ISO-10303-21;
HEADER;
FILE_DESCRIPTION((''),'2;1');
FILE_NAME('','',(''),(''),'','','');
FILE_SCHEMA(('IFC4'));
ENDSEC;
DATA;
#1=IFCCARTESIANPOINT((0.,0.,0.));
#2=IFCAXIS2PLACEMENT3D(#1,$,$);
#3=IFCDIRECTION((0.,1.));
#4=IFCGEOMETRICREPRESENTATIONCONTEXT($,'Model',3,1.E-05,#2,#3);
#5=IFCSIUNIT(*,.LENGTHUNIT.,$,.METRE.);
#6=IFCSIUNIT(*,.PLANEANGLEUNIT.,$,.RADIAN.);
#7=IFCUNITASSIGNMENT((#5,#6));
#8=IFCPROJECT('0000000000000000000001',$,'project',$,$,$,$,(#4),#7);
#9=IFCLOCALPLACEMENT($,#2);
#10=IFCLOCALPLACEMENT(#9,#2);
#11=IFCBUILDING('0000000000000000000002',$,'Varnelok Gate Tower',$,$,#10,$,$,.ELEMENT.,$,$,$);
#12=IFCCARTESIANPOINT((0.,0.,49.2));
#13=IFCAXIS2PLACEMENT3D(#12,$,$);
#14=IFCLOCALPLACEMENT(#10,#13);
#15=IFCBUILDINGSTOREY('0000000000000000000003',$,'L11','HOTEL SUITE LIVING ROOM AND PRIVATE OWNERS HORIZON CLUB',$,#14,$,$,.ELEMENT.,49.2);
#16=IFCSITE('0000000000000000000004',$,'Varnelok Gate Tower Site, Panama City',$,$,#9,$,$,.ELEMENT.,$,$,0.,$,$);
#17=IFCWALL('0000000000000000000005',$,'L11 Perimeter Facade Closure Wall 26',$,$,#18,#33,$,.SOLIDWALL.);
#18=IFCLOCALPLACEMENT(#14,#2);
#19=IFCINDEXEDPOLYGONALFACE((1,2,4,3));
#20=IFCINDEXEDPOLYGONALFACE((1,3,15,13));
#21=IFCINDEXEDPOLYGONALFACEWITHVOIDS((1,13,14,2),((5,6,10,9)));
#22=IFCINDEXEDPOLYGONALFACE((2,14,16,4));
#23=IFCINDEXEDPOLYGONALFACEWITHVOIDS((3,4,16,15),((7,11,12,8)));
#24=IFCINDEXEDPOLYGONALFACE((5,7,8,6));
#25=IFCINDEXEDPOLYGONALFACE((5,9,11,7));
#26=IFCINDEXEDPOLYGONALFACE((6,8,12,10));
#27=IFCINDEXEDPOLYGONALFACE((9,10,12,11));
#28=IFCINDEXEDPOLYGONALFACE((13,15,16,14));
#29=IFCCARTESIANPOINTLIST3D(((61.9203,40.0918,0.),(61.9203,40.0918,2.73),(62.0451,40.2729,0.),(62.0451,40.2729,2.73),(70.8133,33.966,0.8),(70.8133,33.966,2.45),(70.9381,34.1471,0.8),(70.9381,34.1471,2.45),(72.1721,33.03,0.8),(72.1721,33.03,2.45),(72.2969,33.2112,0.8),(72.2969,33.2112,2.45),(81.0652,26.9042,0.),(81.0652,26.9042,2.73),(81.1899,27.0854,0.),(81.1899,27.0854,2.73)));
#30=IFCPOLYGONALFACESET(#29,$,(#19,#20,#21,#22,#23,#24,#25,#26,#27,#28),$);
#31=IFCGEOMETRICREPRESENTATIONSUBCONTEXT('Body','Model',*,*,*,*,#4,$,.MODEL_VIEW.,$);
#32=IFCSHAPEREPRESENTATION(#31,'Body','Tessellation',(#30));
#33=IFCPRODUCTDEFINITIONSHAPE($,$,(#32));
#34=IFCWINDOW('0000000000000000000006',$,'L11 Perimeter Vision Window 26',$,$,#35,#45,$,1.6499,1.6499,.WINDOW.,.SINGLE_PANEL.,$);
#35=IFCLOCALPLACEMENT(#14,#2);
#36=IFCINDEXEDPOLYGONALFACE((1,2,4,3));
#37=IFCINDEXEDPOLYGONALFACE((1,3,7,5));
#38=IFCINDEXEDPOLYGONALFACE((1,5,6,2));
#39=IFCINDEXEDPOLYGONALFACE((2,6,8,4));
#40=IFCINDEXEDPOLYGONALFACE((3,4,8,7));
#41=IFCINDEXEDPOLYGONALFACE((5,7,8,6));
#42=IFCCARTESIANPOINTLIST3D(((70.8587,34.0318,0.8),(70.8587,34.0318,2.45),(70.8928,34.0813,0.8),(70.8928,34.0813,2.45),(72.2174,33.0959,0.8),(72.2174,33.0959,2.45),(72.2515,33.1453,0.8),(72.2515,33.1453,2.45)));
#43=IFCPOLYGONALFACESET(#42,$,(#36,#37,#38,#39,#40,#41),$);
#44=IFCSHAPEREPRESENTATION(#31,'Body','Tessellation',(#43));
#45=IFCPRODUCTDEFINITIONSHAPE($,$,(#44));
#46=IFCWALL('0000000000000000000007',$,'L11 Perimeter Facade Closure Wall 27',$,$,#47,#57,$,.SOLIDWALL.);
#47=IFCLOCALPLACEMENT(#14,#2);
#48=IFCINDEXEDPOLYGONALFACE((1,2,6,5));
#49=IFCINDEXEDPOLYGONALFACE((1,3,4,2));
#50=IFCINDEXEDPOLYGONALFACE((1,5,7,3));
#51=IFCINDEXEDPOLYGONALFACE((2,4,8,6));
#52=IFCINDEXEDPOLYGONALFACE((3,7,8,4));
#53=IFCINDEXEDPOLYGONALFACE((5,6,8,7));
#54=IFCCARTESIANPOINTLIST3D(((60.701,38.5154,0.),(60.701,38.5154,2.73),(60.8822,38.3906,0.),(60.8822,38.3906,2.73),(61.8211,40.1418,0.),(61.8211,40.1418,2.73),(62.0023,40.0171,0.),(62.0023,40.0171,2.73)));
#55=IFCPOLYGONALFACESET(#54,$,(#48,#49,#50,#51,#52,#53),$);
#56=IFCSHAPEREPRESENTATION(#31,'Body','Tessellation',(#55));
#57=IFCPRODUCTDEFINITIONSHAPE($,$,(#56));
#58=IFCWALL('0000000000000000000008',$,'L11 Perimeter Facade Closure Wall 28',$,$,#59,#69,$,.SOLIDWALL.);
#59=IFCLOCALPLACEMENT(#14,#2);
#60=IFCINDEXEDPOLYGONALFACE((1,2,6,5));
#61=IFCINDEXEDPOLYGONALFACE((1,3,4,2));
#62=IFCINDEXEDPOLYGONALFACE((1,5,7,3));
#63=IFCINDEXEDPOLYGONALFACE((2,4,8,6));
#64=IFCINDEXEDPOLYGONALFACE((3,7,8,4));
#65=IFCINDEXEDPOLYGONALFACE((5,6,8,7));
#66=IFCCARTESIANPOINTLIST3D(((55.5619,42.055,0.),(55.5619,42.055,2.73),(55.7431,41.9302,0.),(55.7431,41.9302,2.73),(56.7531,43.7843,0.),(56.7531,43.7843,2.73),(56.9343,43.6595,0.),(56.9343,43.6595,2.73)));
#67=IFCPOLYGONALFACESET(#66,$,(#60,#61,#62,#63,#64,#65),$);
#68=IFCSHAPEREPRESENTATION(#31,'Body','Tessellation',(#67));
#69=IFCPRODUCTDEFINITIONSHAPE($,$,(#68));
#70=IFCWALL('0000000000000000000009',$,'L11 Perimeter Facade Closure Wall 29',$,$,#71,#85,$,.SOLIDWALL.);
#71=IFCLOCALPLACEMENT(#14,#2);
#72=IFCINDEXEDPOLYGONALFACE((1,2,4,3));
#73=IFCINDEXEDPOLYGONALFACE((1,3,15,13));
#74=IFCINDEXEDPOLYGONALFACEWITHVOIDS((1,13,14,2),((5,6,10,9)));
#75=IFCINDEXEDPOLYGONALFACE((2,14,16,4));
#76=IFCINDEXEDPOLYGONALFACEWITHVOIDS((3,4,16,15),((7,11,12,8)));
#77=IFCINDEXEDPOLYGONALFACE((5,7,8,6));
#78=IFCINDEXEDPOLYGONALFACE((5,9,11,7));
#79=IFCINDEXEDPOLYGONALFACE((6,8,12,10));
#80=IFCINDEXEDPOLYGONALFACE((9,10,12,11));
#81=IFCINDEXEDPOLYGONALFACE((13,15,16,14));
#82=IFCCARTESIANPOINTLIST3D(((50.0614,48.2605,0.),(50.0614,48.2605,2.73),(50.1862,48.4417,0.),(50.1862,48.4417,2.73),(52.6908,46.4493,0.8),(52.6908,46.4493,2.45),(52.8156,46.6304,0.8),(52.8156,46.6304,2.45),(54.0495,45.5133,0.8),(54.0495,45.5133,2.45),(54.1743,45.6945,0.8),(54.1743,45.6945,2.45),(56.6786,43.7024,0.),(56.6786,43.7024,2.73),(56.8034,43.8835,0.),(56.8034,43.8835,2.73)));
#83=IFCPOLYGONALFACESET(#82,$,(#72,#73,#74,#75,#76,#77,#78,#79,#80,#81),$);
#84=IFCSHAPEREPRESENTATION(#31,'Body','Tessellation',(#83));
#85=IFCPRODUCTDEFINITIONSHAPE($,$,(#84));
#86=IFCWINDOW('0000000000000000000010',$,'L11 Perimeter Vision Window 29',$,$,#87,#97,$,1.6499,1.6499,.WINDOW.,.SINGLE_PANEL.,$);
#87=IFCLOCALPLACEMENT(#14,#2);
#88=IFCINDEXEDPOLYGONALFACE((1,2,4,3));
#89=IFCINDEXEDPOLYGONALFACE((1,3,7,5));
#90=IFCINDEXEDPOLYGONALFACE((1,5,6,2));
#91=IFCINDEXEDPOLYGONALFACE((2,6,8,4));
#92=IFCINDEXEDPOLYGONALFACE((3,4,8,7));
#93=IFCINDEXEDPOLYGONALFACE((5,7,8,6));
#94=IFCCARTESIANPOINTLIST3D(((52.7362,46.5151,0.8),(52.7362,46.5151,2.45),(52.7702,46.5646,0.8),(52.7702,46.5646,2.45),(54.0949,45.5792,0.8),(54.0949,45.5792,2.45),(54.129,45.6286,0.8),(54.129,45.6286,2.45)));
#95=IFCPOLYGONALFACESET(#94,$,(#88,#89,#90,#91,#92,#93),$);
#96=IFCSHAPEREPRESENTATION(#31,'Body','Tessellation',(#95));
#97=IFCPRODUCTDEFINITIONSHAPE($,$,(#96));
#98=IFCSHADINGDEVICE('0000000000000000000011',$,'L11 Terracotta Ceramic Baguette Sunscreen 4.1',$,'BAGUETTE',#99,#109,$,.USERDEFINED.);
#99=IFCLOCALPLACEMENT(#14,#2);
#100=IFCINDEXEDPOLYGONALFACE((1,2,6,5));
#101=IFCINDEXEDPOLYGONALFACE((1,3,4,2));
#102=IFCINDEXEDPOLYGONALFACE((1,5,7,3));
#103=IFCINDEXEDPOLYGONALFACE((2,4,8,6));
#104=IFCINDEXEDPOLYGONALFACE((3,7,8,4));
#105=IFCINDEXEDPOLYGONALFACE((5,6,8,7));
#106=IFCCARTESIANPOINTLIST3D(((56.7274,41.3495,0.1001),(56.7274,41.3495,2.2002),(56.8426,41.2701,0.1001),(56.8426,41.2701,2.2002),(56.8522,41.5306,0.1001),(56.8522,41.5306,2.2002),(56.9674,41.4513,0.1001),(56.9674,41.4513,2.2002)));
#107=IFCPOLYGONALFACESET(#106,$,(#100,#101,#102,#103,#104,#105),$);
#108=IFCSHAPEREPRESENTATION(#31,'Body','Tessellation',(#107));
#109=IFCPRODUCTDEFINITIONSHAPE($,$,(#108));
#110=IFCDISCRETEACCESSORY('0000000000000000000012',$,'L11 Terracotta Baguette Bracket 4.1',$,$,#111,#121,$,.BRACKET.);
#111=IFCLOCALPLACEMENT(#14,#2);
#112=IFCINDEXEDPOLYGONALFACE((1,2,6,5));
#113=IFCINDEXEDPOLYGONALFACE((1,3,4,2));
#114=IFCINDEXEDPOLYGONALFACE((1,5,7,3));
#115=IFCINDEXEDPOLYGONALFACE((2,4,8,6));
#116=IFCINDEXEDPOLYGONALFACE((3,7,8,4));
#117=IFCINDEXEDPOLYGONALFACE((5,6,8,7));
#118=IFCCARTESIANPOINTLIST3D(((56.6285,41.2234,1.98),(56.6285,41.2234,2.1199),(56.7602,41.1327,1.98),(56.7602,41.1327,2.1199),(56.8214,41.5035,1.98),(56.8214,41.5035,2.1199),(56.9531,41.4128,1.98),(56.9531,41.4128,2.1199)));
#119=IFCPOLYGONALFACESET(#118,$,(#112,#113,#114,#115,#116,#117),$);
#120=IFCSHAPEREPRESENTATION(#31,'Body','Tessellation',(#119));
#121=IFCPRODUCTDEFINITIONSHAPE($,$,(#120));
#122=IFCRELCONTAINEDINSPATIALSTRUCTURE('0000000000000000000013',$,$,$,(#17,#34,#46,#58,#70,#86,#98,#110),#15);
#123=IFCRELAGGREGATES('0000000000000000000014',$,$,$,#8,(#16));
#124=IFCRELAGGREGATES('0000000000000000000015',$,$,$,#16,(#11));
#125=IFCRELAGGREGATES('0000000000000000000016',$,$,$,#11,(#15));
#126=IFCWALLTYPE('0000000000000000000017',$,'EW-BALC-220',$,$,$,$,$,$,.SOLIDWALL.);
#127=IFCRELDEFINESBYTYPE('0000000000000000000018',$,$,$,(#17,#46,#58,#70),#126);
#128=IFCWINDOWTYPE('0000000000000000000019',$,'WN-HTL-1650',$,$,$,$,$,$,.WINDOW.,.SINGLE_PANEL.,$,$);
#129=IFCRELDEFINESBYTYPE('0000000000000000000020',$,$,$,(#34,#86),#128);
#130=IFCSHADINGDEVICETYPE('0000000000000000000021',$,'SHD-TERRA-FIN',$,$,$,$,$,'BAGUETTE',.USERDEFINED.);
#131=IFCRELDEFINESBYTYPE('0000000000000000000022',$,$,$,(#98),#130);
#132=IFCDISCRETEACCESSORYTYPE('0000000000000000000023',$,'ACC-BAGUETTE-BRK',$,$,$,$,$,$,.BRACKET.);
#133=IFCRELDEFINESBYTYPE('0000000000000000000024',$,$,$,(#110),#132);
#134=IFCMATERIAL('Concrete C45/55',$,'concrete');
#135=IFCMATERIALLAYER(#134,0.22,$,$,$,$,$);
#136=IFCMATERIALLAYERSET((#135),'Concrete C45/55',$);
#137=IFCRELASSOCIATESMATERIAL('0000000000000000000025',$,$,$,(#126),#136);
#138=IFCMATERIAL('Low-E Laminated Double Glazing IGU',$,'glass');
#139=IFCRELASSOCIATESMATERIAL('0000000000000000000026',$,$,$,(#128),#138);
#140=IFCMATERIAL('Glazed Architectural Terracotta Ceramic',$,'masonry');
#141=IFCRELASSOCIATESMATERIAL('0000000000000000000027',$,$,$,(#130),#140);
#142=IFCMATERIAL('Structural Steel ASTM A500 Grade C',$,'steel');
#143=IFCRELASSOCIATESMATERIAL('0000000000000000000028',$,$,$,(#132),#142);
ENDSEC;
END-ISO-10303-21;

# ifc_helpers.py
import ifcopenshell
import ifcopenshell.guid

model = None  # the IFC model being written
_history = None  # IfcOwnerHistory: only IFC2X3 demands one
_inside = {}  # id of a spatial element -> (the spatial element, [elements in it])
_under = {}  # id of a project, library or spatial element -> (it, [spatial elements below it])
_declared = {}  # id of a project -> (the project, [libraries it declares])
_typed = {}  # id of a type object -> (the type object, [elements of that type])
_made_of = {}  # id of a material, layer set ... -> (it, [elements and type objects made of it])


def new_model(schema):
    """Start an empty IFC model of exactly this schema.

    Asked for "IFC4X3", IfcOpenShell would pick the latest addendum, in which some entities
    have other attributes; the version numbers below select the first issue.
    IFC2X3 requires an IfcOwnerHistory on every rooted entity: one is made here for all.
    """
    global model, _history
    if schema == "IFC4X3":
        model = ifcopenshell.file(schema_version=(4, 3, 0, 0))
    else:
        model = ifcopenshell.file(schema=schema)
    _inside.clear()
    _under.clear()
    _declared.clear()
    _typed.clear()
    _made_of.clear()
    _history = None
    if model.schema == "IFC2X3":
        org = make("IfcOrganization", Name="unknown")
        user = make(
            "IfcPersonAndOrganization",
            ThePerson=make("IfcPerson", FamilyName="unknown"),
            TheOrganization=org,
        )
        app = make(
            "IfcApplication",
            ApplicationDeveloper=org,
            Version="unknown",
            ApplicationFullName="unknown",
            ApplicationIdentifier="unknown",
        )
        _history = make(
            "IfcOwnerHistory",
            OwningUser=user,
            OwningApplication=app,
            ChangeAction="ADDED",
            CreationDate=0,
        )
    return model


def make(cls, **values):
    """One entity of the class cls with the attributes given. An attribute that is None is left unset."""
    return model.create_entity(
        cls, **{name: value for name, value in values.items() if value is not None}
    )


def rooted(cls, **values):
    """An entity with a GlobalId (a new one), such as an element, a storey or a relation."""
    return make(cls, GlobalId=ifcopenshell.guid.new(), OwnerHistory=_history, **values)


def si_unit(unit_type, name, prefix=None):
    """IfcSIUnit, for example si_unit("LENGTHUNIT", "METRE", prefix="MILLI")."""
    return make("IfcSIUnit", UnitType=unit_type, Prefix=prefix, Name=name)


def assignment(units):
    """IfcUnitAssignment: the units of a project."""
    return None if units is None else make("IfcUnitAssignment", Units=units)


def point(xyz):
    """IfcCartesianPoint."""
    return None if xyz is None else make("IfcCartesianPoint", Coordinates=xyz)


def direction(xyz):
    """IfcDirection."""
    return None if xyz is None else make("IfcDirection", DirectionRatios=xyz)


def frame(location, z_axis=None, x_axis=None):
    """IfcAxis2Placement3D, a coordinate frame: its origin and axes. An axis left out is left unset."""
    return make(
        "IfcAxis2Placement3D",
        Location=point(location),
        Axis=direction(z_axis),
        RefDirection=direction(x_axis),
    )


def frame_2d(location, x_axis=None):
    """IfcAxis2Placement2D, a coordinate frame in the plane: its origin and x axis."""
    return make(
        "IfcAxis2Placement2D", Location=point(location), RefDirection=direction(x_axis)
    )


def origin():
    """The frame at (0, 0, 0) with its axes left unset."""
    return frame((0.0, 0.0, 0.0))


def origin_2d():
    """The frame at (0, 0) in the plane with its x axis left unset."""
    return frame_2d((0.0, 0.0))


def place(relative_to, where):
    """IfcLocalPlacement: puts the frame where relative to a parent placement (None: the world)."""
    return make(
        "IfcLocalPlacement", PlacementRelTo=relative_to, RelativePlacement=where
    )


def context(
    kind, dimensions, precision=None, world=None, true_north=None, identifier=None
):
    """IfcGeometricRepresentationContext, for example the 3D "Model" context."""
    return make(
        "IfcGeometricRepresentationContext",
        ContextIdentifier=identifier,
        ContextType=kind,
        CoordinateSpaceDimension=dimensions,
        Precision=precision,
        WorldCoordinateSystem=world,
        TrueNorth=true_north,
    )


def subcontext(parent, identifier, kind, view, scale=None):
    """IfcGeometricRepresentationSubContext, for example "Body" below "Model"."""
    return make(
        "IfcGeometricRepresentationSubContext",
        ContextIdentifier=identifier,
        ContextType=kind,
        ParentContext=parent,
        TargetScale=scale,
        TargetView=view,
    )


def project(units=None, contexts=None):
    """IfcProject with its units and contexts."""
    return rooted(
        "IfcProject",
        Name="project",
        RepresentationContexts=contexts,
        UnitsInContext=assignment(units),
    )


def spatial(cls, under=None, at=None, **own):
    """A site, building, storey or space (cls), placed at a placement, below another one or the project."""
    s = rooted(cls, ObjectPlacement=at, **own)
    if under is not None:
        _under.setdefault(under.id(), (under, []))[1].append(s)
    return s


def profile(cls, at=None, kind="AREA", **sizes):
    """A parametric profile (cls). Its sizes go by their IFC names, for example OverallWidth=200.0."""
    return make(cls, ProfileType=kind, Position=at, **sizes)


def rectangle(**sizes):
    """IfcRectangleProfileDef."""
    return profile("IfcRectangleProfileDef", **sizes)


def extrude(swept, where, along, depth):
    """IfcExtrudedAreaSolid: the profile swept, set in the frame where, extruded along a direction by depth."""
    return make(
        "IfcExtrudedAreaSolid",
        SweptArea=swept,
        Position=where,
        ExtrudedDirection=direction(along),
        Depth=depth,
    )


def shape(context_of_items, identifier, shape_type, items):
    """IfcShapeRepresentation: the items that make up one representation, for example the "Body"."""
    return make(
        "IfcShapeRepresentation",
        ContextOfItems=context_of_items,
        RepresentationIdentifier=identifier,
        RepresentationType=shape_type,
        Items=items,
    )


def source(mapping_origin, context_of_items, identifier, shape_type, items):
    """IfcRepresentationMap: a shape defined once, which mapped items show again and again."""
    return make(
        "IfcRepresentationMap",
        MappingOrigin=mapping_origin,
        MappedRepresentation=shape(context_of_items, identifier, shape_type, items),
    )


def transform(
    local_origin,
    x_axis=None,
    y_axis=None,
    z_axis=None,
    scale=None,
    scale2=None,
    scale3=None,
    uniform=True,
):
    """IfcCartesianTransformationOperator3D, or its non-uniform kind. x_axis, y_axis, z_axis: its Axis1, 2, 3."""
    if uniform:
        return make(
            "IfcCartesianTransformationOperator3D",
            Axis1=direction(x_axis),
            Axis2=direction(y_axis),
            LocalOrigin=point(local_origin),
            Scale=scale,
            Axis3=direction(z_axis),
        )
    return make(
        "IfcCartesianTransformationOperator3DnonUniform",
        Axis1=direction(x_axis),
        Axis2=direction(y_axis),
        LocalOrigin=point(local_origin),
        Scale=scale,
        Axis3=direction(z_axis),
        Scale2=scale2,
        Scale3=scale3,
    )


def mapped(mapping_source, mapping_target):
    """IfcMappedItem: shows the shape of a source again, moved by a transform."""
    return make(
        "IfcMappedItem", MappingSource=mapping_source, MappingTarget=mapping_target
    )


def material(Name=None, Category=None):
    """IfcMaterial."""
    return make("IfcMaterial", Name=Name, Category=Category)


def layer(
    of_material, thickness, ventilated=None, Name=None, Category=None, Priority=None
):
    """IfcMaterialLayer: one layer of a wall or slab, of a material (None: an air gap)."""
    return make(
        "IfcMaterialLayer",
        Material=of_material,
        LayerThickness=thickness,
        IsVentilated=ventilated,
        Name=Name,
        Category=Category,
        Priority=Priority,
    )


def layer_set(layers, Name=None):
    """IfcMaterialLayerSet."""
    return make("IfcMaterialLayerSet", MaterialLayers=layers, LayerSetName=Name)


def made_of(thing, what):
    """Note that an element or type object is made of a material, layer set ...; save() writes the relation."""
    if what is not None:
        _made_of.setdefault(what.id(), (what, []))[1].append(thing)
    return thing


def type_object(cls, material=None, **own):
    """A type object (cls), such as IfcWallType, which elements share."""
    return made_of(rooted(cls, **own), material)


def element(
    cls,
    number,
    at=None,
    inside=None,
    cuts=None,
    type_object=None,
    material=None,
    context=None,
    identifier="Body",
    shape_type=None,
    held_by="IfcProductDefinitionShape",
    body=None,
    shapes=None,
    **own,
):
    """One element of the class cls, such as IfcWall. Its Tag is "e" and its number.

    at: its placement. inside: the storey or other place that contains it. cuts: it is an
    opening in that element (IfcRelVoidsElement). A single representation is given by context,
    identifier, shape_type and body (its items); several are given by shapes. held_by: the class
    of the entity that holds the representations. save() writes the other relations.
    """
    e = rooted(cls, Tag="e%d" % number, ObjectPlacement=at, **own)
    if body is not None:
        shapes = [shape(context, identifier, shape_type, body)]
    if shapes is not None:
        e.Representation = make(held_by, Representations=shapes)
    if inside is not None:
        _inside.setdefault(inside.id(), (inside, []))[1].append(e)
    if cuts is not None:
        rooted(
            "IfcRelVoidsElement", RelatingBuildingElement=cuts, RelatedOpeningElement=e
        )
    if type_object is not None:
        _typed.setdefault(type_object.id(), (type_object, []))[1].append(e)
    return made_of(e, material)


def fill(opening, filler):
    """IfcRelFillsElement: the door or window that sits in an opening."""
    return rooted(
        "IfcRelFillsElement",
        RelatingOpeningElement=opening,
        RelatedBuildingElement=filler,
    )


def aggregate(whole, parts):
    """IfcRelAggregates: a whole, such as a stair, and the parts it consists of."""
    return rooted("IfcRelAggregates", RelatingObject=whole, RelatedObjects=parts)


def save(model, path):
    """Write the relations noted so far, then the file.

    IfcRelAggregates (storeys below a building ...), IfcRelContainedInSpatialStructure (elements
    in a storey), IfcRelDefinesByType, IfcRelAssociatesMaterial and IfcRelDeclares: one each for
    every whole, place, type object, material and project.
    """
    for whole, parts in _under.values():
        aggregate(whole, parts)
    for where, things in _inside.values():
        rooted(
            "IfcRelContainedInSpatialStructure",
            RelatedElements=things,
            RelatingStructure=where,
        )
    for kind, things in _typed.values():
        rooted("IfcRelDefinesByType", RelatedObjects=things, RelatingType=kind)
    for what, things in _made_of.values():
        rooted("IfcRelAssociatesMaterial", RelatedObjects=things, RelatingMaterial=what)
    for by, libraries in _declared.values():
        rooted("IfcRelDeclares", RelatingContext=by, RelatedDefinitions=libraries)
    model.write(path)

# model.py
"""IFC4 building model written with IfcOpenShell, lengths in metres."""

from ifc_helpers import new_model, si_unit, direction, frame, frame_2d, origin, origin_2d, place, context, subcontext, project, spatial, rectangle, extrude, source, transform, mapped, material, layer, layer_set, type_object, element, fill, save


model = new_model("IFC4")

# Units and contexts
model_context = context("Model", 3, precision=1e-05, world=origin(), true_north=direction((0.0, 1.0)))
body_context = subcontext(model_context, "Body", "Model", "MODEL_VIEW")
ifc_project = project(units=[si_unit("LENGTHUNIT", "METRE"), si_unit("PLANEANGLEUNIT", "RADIAN")], contexts=[model_context])

# Site, building, storey
site_placement = place(None, origin())
site = spatial("IfcSite", under=ifc_project, at=site_placement, Name="Varnelok Gate Tower Site, Panama City", CompositionType="ELEMENT", RefElevation=0.0)
building_placement = place(site_placement, origin())
building = spatial("IfcBuilding", under=site, at=building_placement, Name="Varnelok Gate Tower", CompositionType="ELEMENT")
storey_placement = place(building_placement, frame((0.0, 0.0, 49.2)))
storey = spatial("IfcBuildingStorey", under=building, at=storey_placement, Name="L11", Description="HOTEL SUITE LIVING ROOM AND PRIVATE OWNERS HORIZON CLUB", CompositionType="ELEMENT", Elevation=49.2)

# Shared definitions
ifc_material_1 = material(Name="Concrete C45/55", Category="concrete")
ifc_layer = layer(ifc_material_1, 0.22)
ifc_layer_set = layer_set([ifc_layer], Name="Concrete C45/55")
wall_type = type_object("IfcWallType", Name="EW-BALC-220", PredefinedType="SOLIDWALL", material=ifc_layer_set)

# Wall, opening, window
wall_1_placement = place(storey_placement, frame((81.1274, 26.9949, 0.0), z_axis=(0.0, 0.0, 1.0), x_axis=(-0.82353, 0.567272, 0.0)))
wall_1 = element("IfcWall", 1, at=wall_1_placement, inside=storey, type_object=wall_type, Name="L11 Perimeter Facade Closure Wall 26", PredefinedType="SOLIDWALL", context=body_context, shape_type="SweptSolid", body=[
    extrude(rectangle(XDim=23.2473, YDim=0.22, at=frame_2d((11.6235, 0.0))), origin(), (0.0, 0.0, 1.0), 2.73),
])
opening_1_placement = place(wall_1_placement, frame((10.7986, 0.0, 0.8)))
opening_1 = element("IfcOpeningElement", 2, at=opening_1_placement, cuts=wall_1, PredefinedType="OPENING", context=body_context, shape_type="SweptSolid", body=[
    extrude(rectangle(XDim=1.6499, YDim=1.6499, at=frame_2d((0.825, 0.825))), frame((0.0, 0.1199, 0.0), z_axis=(0.0, -1.0, 0.0), x_axis=(1.0, 0.0, 0.0)), (0.0, 0.0, 1.0), 0.24),
])
ifc_material_2 = material(Name="Low-E Laminated Double Glazing IGU", Category="glass")
window_type = type_object("IfcWindowType", Name="WN-HTL-1650", PartitioningType="SINGLE_PANEL", PredefinedType="WINDOW", material=ifc_material_2)
window_1_placement = place(opening_1_placement, origin())
window_1 = element("IfcWindow", 3, at=window_1_placement, inside=storey, type_object=window_type, Name="L11 Perimeter Vision Window 26", OverallHeight=1.6499, OverallWidth=1.6499, PartitioningType="SINGLE_PANEL", PredefinedType="WINDOW", context=body_context, shape_type="SweptSolid", body=[
    extrude(rectangle(XDim=1.6499, YDim=1.6499, at=frame_2d((0.825, 0.825))), frame((0.0, 0.03, 0.0), z_axis=(0.0, -1.0, 0.0), x_axis=(1.0, 0.0, 0.0)), (0.0, 0.0, 1.0), 0.0601),
])
fill(opening_1, window_1)

# Walls
wall_2_placement = place(storey_placement, frame((61.9116, 40.0793, 0.0), z_axis=(0.0, 0.0, 1.0), x_axis=(-0.56719, -0.823587, 0.0)))
element("IfcWall", 4, at=wall_2_placement, inside=storey, type_object=wall_type, Name="L11 Perimeter Facade Closure Wall 27", PredefinedType="SOLIDWALL", context=body_context, shape_type="SweptSolid", body=[
    extrude(rectangle(XDim=1.9749, YDim=0.22, at=frame_2d((0.9873, 0.0))), origin(), (0.0, 0.0, 1.0), 2.73),
])
wall_3_placement = place(storey_placement, frame((55.6526, 41.9927, 0.0), z_axis=(0.0, 0.0, 1.0), x_axis=(0.567274, 0.823529, 0.0)))
element("IfcWall", 5, at=wall_3_placement, inside=storey, type_object=wall_type, Name="L11 Perimeter Facade Closure Wall 28", PredefinedType="SOLIDWALL", context=body_context, shape_type="SweptSolid", body=[
    extrude(rectangle(XDim=2.0999, YDim=0.22, at=frame_2d((1.0498, 0.0))), origin(), (0.0, 0.0, 1.0), 2.73),
])

# Wall, opening, window
wall_4_placement = place(storey_placement, frame((56.741, 43.793, 0.0), z_axis=(0.0, 0.0, 1.0), x_axis=(-0.823531, 0.567271, 0.0)))
wall_4 = element("IfcWall", 6, at=wall_4_placement, inside=storey, type_object=wall_type, Name="L11 Perimeter Facade Closure Wall 29", PredefinedType="SOLIDWALL", context=body_context, shape_type="SweptSolid", body=[
    extrude(rectangle(XDim=8.0352, YDim=0.22, at=frame_2d((4.0176, 0.0))), origin(), (0.0, 0.0, 1.0), 2.73),
])
opening_2_placement = place(wall_4_placement, frame((3.1924, 0.0, 0.8)))
opening_2 = element("IfcOpeningElement", 7, at=opening_2_placement, cuts=wall_4, PredefinedType="OPENING", context=body_context, shape_type="SweptSolid", body=[
    extrude(rectangle(XDim=1.6499, YDim=1.6499, at=frame_2d((0.825, 0.825))), frame((0.0, 0.1199, 0.0), z_axis=(0.0, -1.0, 0.0), x_axis=(1.0, 0.0, 0.0)), (0.0, 0.0, 1.0), 0.24),
])
window_2_placement = place(opening_2_placement, origin())
window_2 = element("IfcWindow", 8, at=window_2_placement, inside=storey, type_object=window_type, Name="L11 Perimeter Vision Window 29", OverallHeight=1.6499, OverallWidth=1.6499, PartitioningType="SINGLE_PANEL", PredefinedType="WINDOW", context=body_context, shape_type="SweptSolid", body=[
    extrude(rectangle(XDim=1.6499, YDim=1.6499, at=frame_2d((0.825, 0.825))), frame((0.0, 0.03, 0.0), z_axis=(0.0, -1.0, 0.0), x_axis=(1.0, 0.0, 0.0)), (0.0, 0.0, 1.0), 0.0601),
])
fill(opening_2, window_2)

# Shading device
ifc_material_3 = material(Name="Glazed Architectural Terracotta Ceramic", Category="masonry")
shading_device_type = type_object("IfcShadingDeviceType", Name="SHD-TERRA-FIN", ElementType="BAGUETTE", PredefinedType="USERDEFINED", material=ifc_material_3)
shared_shape_1 = source(origin(), body_context, "Body", "SweptSolid", [
    extrude(rectangle(XDim=0.1399, YDim=0.22, at=origin_2d()), origin(), (0.0, 0.0, 1.0), 2.1001),
])
shading_device_placement = place(storey_placement, frame((56.8474, 41.4004, 0.1001), z_axis=(0.0, 0.0, 1.0), x_axis=(0.823533, -0.567269, 0.0)))
element("IfcShadingDevice", 9, at=shading_device_placement, inside=storey, type_object=shading_device_type, Name="L11 Terracotta Ceramic Baguette Sunscreen 4.1", ObjectType="BAGUETTE", PredefinedType="USERDEFINED", context=body_context, shape_type="MappedRepresentation", body=[
    mapped(shared_shape_1, transform((0.0, 0.0, 0.0), scale=1.0)),
])

# Discrete accessory
ifc_material_4 = material(Name="Structural Steel ASTM A500 Grade C", Category="steel")
discrete_accessory_type = type_object("IfcDiscreteAccessoryType", Name="ACC-BAGUETTE-BRK", PredefinedType="BRACKET", material=ifc_material_4)
shared_shape_2 = source(origin(), body_context, "Body", "SweptSolid", [
    extrude(rectangle(XDim=0.1599, YDim=0.3401, at=origin_2d()), origin(), (0.0, 0.0, 1.0), 0.1399),
])
discrete_accessory_placement = place(storey_placement, frame((56.7908, 41.3181, 1.98), z_axis=(0.0, 0.0, 1.0), x_axis=(0.823533, -0.567269, 0.0)))
element("IfcDiscreteAccessory", 10, at=discrete_accessory_placement, inside=storey, type_object=discrete_accessory_type, Name="L11 Terracotta Baguette Bracket 4.1", PredefinedType="BRACKET", context=body_context, shape_type="MappedRepresentation", body=[
    mapped(shared_shape_2, transform((0.0, 0.0, 0.0), scale=1.0)),
])

save(model, "model.ifc")
